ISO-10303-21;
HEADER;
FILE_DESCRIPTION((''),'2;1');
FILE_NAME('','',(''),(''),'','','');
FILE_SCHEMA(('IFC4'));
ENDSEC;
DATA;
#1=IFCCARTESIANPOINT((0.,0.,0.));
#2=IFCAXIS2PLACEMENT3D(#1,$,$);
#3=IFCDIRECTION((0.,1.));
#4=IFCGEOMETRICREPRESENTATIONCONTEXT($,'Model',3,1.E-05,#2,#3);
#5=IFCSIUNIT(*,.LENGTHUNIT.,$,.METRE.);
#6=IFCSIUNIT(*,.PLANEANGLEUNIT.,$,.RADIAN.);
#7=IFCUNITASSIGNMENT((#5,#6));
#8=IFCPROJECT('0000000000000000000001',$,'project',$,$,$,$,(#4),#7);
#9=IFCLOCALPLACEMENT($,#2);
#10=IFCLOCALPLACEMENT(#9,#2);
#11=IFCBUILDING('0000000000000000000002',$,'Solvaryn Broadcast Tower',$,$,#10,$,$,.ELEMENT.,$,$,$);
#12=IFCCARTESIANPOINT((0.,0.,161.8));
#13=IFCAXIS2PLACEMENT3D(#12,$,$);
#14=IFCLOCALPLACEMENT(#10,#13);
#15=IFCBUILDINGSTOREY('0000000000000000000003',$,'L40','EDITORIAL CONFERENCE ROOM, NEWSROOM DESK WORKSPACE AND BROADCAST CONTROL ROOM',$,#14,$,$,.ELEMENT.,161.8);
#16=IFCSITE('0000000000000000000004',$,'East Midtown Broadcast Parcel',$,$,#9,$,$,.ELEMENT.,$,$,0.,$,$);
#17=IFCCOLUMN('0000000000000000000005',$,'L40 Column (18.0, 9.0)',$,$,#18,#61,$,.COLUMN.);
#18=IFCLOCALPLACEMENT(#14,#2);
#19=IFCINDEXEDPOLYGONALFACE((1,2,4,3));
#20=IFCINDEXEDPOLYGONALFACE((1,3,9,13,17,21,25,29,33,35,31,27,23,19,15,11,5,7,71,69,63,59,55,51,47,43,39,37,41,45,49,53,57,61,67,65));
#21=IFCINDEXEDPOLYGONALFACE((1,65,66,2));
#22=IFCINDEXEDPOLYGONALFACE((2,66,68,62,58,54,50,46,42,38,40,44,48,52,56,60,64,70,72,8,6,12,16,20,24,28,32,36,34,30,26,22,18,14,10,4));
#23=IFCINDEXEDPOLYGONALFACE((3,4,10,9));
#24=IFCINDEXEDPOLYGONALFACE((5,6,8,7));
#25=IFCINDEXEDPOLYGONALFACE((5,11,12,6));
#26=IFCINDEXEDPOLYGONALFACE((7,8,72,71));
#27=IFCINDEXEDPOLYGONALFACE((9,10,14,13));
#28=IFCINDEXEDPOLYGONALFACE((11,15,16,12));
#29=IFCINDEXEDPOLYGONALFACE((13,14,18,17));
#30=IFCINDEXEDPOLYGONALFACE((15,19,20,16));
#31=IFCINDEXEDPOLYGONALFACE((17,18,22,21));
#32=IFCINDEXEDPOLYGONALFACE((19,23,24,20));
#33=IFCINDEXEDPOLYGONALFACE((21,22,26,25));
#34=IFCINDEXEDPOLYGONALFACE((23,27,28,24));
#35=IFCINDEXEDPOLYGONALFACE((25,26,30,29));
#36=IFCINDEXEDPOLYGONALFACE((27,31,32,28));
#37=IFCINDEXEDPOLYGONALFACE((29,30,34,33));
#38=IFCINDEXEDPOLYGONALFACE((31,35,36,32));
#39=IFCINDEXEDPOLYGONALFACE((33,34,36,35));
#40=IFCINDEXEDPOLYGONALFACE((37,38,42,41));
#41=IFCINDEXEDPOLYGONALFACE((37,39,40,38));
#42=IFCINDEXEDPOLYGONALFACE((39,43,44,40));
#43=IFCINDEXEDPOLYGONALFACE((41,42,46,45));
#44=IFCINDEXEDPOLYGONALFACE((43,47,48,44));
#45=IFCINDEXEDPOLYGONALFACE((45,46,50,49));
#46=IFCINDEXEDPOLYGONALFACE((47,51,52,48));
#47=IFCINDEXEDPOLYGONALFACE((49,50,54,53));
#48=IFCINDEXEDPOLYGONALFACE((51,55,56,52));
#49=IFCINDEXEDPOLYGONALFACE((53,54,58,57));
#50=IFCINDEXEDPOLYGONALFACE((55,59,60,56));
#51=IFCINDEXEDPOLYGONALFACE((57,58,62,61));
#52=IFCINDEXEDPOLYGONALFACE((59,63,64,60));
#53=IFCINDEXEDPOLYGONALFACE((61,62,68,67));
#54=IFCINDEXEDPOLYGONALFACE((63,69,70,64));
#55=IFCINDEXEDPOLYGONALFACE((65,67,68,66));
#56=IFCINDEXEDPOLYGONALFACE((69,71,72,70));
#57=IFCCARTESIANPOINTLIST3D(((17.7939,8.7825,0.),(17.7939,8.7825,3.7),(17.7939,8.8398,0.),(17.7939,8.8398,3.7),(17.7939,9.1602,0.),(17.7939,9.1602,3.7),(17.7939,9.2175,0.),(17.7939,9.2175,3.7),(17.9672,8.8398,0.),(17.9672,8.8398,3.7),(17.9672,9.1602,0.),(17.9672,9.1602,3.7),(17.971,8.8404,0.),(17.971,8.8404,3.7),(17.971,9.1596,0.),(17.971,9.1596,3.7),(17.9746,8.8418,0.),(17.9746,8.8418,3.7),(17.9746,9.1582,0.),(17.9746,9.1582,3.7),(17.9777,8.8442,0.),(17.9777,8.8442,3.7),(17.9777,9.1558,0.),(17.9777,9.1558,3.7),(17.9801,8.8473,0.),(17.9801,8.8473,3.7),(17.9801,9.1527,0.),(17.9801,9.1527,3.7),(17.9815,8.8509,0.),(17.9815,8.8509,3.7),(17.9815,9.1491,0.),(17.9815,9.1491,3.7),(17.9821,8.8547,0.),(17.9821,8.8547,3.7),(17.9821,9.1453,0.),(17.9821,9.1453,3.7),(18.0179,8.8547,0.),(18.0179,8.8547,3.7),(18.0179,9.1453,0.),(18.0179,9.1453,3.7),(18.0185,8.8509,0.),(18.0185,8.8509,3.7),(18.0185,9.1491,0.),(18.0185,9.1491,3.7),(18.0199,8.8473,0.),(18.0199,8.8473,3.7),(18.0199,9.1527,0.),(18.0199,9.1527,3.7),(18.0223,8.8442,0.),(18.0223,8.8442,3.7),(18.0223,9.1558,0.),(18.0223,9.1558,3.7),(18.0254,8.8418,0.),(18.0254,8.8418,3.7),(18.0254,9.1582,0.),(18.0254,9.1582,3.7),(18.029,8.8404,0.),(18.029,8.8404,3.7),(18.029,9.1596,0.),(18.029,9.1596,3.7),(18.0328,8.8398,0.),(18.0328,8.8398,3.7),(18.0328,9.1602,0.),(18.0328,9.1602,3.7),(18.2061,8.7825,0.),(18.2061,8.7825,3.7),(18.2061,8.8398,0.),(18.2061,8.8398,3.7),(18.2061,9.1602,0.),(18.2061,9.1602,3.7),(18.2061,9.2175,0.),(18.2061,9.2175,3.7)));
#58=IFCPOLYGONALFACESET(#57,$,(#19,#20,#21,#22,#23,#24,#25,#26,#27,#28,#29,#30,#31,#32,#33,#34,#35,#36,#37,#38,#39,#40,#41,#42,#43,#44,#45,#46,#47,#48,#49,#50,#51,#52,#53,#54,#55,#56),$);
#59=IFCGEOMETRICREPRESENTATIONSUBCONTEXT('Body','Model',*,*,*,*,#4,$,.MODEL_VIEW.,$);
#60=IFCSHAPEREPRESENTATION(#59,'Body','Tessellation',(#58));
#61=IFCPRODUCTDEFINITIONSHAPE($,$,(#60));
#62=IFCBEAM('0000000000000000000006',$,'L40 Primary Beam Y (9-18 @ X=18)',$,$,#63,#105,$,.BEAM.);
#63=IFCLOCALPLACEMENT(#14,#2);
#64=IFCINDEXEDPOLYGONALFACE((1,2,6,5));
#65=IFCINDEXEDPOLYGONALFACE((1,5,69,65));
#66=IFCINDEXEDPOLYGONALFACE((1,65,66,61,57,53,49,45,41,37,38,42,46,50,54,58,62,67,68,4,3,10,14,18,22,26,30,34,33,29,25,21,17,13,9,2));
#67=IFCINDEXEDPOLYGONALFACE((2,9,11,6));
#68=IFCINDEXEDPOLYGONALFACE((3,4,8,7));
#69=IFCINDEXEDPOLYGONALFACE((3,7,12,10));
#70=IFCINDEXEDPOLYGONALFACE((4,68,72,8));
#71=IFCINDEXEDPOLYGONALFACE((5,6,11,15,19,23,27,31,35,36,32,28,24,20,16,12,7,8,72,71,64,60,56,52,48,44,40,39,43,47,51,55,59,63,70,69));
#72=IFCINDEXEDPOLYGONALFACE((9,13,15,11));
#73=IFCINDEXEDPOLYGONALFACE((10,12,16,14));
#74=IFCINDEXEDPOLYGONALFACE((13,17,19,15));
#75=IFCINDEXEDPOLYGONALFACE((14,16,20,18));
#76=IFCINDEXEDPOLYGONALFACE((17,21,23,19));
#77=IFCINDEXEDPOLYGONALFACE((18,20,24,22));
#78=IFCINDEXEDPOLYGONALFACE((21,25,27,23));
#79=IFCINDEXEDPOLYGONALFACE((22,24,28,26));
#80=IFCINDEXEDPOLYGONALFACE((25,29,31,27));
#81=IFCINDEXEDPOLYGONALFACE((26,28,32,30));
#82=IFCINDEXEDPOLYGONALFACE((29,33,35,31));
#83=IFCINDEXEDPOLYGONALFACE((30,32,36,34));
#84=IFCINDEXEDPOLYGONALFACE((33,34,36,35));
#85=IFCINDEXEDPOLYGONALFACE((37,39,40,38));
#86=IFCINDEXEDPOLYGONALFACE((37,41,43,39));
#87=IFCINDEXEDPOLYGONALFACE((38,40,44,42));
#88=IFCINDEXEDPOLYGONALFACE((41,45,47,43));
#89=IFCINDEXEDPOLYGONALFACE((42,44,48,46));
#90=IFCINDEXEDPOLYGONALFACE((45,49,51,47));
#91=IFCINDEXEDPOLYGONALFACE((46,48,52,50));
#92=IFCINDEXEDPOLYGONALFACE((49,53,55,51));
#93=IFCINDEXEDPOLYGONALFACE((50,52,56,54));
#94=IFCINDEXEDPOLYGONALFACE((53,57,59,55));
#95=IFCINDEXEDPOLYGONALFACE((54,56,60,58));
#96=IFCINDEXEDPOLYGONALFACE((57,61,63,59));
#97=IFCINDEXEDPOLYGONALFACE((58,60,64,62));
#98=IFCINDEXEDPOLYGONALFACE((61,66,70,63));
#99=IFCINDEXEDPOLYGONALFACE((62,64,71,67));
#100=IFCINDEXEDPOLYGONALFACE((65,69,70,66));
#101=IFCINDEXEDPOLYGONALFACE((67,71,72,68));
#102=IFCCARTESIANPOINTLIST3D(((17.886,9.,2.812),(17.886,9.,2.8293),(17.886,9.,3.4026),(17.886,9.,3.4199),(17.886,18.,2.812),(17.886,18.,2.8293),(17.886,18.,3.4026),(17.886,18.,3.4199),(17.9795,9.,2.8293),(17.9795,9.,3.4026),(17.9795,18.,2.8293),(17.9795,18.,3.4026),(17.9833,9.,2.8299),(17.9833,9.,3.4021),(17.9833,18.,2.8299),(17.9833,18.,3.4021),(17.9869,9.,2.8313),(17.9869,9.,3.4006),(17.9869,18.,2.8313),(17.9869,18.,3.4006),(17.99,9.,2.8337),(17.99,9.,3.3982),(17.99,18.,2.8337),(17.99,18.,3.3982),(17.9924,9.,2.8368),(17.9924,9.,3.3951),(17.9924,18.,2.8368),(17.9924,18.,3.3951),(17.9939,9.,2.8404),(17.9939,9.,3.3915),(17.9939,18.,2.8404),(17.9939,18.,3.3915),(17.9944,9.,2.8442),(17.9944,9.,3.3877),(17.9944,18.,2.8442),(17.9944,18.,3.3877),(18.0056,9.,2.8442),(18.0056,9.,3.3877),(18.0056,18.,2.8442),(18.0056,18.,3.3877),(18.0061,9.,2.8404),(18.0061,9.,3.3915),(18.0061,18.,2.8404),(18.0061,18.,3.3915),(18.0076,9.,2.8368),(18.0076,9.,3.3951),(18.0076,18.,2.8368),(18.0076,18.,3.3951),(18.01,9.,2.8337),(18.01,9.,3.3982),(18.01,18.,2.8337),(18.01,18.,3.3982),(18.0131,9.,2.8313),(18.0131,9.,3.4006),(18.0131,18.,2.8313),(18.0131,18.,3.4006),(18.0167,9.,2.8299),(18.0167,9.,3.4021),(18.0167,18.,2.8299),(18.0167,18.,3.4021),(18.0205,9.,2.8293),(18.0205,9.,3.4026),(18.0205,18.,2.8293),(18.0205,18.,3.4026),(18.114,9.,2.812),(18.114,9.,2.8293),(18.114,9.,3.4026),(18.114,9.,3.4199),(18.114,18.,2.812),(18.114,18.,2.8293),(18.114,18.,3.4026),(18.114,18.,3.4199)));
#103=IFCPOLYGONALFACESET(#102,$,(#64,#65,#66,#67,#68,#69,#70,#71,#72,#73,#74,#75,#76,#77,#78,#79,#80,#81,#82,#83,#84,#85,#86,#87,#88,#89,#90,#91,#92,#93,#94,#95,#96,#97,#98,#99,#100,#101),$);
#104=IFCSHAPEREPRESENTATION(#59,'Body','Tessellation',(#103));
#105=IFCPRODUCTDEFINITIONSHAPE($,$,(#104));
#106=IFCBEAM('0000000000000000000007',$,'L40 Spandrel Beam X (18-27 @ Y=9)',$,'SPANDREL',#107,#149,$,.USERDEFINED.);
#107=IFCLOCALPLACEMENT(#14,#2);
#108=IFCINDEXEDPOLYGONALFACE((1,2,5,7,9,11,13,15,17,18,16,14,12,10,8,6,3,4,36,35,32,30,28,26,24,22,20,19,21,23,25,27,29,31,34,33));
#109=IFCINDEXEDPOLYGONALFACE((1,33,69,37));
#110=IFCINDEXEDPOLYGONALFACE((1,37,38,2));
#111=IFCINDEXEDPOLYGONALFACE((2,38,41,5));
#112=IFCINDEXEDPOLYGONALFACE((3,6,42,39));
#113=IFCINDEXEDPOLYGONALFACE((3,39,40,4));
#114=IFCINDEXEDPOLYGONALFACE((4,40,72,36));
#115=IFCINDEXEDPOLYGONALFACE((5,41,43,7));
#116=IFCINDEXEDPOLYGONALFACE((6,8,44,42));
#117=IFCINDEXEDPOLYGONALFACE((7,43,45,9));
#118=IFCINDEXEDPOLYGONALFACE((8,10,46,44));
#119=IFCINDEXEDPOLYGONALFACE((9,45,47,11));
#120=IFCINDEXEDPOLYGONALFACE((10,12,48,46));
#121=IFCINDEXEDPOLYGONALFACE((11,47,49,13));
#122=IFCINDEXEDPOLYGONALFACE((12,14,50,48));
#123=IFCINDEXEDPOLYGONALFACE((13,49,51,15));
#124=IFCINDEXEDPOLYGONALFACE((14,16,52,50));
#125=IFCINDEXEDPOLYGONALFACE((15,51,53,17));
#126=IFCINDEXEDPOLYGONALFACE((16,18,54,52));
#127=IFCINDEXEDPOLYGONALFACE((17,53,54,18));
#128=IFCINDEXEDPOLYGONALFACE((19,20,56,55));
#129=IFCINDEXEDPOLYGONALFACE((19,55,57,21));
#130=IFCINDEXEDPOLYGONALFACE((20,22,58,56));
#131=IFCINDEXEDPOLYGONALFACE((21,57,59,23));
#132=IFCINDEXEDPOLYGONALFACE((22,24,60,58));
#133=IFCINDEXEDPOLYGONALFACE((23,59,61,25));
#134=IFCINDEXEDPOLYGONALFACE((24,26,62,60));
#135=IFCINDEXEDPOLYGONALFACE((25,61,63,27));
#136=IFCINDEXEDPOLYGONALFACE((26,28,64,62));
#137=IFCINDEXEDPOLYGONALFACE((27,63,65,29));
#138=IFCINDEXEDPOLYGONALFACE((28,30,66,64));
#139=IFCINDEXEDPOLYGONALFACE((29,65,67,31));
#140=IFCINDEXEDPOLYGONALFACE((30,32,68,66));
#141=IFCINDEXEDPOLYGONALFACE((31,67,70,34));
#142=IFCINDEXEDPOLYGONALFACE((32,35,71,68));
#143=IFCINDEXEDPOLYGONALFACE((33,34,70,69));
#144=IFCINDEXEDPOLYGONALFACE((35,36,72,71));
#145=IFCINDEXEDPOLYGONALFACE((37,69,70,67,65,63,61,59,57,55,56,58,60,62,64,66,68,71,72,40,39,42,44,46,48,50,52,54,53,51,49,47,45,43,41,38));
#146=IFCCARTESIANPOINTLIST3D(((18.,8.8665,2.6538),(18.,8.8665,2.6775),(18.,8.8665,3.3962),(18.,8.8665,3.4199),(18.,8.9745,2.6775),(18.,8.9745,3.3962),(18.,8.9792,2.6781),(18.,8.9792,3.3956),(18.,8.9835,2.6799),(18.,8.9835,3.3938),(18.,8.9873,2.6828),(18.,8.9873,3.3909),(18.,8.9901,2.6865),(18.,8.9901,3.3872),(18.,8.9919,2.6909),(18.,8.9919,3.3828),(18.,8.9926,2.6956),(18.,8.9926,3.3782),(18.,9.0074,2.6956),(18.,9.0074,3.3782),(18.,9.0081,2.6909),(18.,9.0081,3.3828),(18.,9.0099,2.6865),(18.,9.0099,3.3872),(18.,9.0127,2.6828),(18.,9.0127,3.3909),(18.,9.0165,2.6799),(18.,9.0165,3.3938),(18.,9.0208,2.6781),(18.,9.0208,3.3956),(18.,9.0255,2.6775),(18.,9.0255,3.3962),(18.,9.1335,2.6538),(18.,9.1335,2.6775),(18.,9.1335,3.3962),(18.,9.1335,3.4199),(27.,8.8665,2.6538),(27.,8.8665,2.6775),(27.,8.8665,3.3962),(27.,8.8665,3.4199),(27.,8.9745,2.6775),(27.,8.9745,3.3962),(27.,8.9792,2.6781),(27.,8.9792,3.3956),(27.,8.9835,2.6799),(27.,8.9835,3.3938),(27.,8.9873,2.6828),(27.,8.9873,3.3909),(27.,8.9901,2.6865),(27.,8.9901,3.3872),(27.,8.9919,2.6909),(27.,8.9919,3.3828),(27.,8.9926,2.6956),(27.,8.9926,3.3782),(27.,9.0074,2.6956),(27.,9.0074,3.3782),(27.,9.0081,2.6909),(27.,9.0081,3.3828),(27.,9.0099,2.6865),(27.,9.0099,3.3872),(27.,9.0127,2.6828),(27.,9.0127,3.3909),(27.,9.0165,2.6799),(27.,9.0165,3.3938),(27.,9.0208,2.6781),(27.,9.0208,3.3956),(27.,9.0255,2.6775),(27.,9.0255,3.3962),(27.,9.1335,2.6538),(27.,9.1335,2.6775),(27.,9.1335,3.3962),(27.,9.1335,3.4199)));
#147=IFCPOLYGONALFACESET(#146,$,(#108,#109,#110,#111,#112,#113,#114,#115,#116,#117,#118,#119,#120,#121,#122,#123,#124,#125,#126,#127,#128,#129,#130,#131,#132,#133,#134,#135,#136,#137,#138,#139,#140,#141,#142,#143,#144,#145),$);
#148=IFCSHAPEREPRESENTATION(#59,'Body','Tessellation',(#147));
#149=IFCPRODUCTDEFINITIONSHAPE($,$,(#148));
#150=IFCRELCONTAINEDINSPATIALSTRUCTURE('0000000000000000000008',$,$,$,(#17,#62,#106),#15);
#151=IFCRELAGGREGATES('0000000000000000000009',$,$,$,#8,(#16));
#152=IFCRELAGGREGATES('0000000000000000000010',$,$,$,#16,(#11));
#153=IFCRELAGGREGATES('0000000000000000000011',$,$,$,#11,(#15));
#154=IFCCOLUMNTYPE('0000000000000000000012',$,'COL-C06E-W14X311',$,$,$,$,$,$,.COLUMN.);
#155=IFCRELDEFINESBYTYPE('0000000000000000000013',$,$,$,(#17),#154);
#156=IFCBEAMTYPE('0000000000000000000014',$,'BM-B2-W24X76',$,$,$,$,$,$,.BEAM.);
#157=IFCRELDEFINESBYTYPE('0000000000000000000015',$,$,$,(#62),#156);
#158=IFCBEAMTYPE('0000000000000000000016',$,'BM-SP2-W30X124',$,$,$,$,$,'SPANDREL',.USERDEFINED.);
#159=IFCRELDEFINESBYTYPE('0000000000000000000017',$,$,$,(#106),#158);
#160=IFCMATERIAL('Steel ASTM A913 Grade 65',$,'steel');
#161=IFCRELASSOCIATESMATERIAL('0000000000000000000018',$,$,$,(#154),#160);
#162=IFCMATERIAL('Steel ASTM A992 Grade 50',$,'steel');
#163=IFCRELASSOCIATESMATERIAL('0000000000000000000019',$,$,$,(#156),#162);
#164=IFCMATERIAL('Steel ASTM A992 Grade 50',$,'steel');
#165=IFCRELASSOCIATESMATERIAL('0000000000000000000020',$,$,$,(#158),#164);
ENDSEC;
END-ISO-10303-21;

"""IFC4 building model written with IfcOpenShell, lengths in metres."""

from ifc_helpers import new_model, si_unit, direction, frame, origin, origin_2d, place, context, subcontext, project, spatial, i_section, extrude, material, material_profile, profile_set, type_object, element, save


model = new_model("IFC4")

# Units and contexts
model_context = context("Model", 3, precision=1e-05, world=origin(), true_north=direction((0.0, 1.0)))
body_context = subcontext(model_context, "Body", "Model", "MODEL_VIEW")
ifc_project = project(units=[si_unit("LENGTHUNIT", "METRE"), si_unit("PLANEANGLEUNIT", "RADIAN")], contexts=[model_context])

# Site, building, storey
site_placement = place(None, origin())
site = spatial("IfcSite", under=ifc_project, at=site_placement, Name="East Midtown Broadcast Parcel", CompositionType="ELEMENT", RefElevation=0.0)
building_placement = place(site_placement, origin())
building = spatial("IfcBuilding", under=site, at=building_placement, Name="Solvaryn Broadcast Tower", CompositionType="ELEMENT")
storey_placement = place(building_placement, frame((0.0, 0.0, 161.8)))
storey = spatial("IfcBuildingStorey", under=building, at=storey_placement, Name="L40", Description="EDITORIAL CONFERENCE ROOM, NEWSROOM DESK WORKSPACE AND BROADCAST CONTROL ROOM", CompositionType="ELEMENT", Elevation=161.8)

# Column
ifc_material_1 = material(Name="Steel ASTM A913 Grade 65", Category="steel")
ifc_material_profile_1 = material_profile(ifc_material_1, i_section(OverallWidth=0.4121, OverallDepth=0.4351, WebThickness=0.0359, FlangeThickness=0.0574, FilletRadius=0.0149, at=origin_2d()))
ifc_profile_set_1 = profile_set([ifc_material_profile_1], Name="Steel ASTM A913 Grade 65")
column_type = type_object("IfcColumnType", Name="COL-C06E-W14X311", PredefinedType="COLUMN", material=ifc_profile_set_1)
column_placement = place(storey_placement, frame((18.0, 9.0, 0.0), z_axis=(0.0, 0.0, 1.0), x_axis=(1.0, 0.0, 0.0)))
element("IfcColumn", 1, at=column_placement, inside=storey, type_object=column_type, Name="L40 Column (18.0, 9.0)", PredefinedType="COLUMN", context=body_context, shape_type="SweptSolid", body=[
    extrude(i_section(OverallWidth=0.4121, OverallDepth=0.4351, WebThickness=0.0359, FlangeThickness=0.0574, FilletRadius=0.0149, at=origin_2d()), origin(), (0.0, 0.0, 1.0), 3.7),
])

# Beams
ifc_material_2 = material(Name="Steel ASTM A992 Grade 50", Category="steel")
ifc_material_profile_2 = material_profile(ifc_material_2, i_section(OverallWidth=0.228, OverallDepth=0.6079, WebThickness=0.0112, FlangeThickness=0.0173, FilletRadius=0.0149, at=origin_2d()))
ifc_profile_set_2 = profile_set([ifc_material_profile_2], Name="Steel ASTM A992 Grade 50")
beam_type_1 = type_object("IfcBeamType", Name="BM-B2-W24X76", PredefinedType="BEAM", material=ifc_profile_set_2)
beam_1_placement = place(storey_placement, frame((18.0, 9.0, 3.116), z_axis=(0.0, 1.0, 0.0), x_axis=(-1.0, 0.0, 0.0)))
element("IfcBeam", 2, at=beam_1_placement, inside=storey, type_object=beam_type_1, Name="L40 Primary Beam Y (9-18 @ X=18)", PredefinedType="BEAM", context=body_context, shape_type="SweptSolid", body=[
    extrude(i_section(OverallWidth=0.228, OverallDepth=0.6079, WebThickness=0.0112, FlangeThickness=0.0173, FilletRadius=0.0149, at=origin_2d()), origin(), (0.0, 0.0, 1.0), 9.0),
])
ifc_material_3 = material(Name="Steel ASTM A992 Grade 50", Category="steel")
ifc_material_profile_3 = material_profile(ifc_material_3, i_section(OverallWidth=0.2671, OverallDepth=0.7661, WebThickness=0.0149, FlangeThickness=0.0237, FilletRadius=0.0181, at=origin_2d()))
ifc_profile_set_3 = profile_set([ifc_material_profile_3], Name="Steel ASTM A992 Grade 50")
beam_type_2 = type_object("IfcBeamType", Name="BM-SP2-W30X124", ElementType="SPANDREL", PredefinedType="USERDEFINED", material=ifc_profile_set_3)
beam_2_placement = place(storey_placement, frame((18.0, 9.0, 3.0369), z_axis=(1.0, 0.0, 0.0), x_axis=(0.0, 1.0, 0.0)))
element("IfcBeam", 3, at=beam_2_placement, inside=storey, type_object=beam_type_2, Name="L40 Spandrel Beam X (18-27 @ Y=9)", ObjectType="SPANDREL", PredefinedType="USERDEFINED", context=body_context, shape_type="SweptSolid", body=[
    extrude(i_section(OverallWidth=0.2671, OverallDepth=0.7661, WebThickness=0.0149, FlangeThickness=0.0237, FilletRadius=0.0181, at=origin_2d()), origin(), (0.0, 0.0, 1.0), 9.0),
])

save(model, "model.ifc")
